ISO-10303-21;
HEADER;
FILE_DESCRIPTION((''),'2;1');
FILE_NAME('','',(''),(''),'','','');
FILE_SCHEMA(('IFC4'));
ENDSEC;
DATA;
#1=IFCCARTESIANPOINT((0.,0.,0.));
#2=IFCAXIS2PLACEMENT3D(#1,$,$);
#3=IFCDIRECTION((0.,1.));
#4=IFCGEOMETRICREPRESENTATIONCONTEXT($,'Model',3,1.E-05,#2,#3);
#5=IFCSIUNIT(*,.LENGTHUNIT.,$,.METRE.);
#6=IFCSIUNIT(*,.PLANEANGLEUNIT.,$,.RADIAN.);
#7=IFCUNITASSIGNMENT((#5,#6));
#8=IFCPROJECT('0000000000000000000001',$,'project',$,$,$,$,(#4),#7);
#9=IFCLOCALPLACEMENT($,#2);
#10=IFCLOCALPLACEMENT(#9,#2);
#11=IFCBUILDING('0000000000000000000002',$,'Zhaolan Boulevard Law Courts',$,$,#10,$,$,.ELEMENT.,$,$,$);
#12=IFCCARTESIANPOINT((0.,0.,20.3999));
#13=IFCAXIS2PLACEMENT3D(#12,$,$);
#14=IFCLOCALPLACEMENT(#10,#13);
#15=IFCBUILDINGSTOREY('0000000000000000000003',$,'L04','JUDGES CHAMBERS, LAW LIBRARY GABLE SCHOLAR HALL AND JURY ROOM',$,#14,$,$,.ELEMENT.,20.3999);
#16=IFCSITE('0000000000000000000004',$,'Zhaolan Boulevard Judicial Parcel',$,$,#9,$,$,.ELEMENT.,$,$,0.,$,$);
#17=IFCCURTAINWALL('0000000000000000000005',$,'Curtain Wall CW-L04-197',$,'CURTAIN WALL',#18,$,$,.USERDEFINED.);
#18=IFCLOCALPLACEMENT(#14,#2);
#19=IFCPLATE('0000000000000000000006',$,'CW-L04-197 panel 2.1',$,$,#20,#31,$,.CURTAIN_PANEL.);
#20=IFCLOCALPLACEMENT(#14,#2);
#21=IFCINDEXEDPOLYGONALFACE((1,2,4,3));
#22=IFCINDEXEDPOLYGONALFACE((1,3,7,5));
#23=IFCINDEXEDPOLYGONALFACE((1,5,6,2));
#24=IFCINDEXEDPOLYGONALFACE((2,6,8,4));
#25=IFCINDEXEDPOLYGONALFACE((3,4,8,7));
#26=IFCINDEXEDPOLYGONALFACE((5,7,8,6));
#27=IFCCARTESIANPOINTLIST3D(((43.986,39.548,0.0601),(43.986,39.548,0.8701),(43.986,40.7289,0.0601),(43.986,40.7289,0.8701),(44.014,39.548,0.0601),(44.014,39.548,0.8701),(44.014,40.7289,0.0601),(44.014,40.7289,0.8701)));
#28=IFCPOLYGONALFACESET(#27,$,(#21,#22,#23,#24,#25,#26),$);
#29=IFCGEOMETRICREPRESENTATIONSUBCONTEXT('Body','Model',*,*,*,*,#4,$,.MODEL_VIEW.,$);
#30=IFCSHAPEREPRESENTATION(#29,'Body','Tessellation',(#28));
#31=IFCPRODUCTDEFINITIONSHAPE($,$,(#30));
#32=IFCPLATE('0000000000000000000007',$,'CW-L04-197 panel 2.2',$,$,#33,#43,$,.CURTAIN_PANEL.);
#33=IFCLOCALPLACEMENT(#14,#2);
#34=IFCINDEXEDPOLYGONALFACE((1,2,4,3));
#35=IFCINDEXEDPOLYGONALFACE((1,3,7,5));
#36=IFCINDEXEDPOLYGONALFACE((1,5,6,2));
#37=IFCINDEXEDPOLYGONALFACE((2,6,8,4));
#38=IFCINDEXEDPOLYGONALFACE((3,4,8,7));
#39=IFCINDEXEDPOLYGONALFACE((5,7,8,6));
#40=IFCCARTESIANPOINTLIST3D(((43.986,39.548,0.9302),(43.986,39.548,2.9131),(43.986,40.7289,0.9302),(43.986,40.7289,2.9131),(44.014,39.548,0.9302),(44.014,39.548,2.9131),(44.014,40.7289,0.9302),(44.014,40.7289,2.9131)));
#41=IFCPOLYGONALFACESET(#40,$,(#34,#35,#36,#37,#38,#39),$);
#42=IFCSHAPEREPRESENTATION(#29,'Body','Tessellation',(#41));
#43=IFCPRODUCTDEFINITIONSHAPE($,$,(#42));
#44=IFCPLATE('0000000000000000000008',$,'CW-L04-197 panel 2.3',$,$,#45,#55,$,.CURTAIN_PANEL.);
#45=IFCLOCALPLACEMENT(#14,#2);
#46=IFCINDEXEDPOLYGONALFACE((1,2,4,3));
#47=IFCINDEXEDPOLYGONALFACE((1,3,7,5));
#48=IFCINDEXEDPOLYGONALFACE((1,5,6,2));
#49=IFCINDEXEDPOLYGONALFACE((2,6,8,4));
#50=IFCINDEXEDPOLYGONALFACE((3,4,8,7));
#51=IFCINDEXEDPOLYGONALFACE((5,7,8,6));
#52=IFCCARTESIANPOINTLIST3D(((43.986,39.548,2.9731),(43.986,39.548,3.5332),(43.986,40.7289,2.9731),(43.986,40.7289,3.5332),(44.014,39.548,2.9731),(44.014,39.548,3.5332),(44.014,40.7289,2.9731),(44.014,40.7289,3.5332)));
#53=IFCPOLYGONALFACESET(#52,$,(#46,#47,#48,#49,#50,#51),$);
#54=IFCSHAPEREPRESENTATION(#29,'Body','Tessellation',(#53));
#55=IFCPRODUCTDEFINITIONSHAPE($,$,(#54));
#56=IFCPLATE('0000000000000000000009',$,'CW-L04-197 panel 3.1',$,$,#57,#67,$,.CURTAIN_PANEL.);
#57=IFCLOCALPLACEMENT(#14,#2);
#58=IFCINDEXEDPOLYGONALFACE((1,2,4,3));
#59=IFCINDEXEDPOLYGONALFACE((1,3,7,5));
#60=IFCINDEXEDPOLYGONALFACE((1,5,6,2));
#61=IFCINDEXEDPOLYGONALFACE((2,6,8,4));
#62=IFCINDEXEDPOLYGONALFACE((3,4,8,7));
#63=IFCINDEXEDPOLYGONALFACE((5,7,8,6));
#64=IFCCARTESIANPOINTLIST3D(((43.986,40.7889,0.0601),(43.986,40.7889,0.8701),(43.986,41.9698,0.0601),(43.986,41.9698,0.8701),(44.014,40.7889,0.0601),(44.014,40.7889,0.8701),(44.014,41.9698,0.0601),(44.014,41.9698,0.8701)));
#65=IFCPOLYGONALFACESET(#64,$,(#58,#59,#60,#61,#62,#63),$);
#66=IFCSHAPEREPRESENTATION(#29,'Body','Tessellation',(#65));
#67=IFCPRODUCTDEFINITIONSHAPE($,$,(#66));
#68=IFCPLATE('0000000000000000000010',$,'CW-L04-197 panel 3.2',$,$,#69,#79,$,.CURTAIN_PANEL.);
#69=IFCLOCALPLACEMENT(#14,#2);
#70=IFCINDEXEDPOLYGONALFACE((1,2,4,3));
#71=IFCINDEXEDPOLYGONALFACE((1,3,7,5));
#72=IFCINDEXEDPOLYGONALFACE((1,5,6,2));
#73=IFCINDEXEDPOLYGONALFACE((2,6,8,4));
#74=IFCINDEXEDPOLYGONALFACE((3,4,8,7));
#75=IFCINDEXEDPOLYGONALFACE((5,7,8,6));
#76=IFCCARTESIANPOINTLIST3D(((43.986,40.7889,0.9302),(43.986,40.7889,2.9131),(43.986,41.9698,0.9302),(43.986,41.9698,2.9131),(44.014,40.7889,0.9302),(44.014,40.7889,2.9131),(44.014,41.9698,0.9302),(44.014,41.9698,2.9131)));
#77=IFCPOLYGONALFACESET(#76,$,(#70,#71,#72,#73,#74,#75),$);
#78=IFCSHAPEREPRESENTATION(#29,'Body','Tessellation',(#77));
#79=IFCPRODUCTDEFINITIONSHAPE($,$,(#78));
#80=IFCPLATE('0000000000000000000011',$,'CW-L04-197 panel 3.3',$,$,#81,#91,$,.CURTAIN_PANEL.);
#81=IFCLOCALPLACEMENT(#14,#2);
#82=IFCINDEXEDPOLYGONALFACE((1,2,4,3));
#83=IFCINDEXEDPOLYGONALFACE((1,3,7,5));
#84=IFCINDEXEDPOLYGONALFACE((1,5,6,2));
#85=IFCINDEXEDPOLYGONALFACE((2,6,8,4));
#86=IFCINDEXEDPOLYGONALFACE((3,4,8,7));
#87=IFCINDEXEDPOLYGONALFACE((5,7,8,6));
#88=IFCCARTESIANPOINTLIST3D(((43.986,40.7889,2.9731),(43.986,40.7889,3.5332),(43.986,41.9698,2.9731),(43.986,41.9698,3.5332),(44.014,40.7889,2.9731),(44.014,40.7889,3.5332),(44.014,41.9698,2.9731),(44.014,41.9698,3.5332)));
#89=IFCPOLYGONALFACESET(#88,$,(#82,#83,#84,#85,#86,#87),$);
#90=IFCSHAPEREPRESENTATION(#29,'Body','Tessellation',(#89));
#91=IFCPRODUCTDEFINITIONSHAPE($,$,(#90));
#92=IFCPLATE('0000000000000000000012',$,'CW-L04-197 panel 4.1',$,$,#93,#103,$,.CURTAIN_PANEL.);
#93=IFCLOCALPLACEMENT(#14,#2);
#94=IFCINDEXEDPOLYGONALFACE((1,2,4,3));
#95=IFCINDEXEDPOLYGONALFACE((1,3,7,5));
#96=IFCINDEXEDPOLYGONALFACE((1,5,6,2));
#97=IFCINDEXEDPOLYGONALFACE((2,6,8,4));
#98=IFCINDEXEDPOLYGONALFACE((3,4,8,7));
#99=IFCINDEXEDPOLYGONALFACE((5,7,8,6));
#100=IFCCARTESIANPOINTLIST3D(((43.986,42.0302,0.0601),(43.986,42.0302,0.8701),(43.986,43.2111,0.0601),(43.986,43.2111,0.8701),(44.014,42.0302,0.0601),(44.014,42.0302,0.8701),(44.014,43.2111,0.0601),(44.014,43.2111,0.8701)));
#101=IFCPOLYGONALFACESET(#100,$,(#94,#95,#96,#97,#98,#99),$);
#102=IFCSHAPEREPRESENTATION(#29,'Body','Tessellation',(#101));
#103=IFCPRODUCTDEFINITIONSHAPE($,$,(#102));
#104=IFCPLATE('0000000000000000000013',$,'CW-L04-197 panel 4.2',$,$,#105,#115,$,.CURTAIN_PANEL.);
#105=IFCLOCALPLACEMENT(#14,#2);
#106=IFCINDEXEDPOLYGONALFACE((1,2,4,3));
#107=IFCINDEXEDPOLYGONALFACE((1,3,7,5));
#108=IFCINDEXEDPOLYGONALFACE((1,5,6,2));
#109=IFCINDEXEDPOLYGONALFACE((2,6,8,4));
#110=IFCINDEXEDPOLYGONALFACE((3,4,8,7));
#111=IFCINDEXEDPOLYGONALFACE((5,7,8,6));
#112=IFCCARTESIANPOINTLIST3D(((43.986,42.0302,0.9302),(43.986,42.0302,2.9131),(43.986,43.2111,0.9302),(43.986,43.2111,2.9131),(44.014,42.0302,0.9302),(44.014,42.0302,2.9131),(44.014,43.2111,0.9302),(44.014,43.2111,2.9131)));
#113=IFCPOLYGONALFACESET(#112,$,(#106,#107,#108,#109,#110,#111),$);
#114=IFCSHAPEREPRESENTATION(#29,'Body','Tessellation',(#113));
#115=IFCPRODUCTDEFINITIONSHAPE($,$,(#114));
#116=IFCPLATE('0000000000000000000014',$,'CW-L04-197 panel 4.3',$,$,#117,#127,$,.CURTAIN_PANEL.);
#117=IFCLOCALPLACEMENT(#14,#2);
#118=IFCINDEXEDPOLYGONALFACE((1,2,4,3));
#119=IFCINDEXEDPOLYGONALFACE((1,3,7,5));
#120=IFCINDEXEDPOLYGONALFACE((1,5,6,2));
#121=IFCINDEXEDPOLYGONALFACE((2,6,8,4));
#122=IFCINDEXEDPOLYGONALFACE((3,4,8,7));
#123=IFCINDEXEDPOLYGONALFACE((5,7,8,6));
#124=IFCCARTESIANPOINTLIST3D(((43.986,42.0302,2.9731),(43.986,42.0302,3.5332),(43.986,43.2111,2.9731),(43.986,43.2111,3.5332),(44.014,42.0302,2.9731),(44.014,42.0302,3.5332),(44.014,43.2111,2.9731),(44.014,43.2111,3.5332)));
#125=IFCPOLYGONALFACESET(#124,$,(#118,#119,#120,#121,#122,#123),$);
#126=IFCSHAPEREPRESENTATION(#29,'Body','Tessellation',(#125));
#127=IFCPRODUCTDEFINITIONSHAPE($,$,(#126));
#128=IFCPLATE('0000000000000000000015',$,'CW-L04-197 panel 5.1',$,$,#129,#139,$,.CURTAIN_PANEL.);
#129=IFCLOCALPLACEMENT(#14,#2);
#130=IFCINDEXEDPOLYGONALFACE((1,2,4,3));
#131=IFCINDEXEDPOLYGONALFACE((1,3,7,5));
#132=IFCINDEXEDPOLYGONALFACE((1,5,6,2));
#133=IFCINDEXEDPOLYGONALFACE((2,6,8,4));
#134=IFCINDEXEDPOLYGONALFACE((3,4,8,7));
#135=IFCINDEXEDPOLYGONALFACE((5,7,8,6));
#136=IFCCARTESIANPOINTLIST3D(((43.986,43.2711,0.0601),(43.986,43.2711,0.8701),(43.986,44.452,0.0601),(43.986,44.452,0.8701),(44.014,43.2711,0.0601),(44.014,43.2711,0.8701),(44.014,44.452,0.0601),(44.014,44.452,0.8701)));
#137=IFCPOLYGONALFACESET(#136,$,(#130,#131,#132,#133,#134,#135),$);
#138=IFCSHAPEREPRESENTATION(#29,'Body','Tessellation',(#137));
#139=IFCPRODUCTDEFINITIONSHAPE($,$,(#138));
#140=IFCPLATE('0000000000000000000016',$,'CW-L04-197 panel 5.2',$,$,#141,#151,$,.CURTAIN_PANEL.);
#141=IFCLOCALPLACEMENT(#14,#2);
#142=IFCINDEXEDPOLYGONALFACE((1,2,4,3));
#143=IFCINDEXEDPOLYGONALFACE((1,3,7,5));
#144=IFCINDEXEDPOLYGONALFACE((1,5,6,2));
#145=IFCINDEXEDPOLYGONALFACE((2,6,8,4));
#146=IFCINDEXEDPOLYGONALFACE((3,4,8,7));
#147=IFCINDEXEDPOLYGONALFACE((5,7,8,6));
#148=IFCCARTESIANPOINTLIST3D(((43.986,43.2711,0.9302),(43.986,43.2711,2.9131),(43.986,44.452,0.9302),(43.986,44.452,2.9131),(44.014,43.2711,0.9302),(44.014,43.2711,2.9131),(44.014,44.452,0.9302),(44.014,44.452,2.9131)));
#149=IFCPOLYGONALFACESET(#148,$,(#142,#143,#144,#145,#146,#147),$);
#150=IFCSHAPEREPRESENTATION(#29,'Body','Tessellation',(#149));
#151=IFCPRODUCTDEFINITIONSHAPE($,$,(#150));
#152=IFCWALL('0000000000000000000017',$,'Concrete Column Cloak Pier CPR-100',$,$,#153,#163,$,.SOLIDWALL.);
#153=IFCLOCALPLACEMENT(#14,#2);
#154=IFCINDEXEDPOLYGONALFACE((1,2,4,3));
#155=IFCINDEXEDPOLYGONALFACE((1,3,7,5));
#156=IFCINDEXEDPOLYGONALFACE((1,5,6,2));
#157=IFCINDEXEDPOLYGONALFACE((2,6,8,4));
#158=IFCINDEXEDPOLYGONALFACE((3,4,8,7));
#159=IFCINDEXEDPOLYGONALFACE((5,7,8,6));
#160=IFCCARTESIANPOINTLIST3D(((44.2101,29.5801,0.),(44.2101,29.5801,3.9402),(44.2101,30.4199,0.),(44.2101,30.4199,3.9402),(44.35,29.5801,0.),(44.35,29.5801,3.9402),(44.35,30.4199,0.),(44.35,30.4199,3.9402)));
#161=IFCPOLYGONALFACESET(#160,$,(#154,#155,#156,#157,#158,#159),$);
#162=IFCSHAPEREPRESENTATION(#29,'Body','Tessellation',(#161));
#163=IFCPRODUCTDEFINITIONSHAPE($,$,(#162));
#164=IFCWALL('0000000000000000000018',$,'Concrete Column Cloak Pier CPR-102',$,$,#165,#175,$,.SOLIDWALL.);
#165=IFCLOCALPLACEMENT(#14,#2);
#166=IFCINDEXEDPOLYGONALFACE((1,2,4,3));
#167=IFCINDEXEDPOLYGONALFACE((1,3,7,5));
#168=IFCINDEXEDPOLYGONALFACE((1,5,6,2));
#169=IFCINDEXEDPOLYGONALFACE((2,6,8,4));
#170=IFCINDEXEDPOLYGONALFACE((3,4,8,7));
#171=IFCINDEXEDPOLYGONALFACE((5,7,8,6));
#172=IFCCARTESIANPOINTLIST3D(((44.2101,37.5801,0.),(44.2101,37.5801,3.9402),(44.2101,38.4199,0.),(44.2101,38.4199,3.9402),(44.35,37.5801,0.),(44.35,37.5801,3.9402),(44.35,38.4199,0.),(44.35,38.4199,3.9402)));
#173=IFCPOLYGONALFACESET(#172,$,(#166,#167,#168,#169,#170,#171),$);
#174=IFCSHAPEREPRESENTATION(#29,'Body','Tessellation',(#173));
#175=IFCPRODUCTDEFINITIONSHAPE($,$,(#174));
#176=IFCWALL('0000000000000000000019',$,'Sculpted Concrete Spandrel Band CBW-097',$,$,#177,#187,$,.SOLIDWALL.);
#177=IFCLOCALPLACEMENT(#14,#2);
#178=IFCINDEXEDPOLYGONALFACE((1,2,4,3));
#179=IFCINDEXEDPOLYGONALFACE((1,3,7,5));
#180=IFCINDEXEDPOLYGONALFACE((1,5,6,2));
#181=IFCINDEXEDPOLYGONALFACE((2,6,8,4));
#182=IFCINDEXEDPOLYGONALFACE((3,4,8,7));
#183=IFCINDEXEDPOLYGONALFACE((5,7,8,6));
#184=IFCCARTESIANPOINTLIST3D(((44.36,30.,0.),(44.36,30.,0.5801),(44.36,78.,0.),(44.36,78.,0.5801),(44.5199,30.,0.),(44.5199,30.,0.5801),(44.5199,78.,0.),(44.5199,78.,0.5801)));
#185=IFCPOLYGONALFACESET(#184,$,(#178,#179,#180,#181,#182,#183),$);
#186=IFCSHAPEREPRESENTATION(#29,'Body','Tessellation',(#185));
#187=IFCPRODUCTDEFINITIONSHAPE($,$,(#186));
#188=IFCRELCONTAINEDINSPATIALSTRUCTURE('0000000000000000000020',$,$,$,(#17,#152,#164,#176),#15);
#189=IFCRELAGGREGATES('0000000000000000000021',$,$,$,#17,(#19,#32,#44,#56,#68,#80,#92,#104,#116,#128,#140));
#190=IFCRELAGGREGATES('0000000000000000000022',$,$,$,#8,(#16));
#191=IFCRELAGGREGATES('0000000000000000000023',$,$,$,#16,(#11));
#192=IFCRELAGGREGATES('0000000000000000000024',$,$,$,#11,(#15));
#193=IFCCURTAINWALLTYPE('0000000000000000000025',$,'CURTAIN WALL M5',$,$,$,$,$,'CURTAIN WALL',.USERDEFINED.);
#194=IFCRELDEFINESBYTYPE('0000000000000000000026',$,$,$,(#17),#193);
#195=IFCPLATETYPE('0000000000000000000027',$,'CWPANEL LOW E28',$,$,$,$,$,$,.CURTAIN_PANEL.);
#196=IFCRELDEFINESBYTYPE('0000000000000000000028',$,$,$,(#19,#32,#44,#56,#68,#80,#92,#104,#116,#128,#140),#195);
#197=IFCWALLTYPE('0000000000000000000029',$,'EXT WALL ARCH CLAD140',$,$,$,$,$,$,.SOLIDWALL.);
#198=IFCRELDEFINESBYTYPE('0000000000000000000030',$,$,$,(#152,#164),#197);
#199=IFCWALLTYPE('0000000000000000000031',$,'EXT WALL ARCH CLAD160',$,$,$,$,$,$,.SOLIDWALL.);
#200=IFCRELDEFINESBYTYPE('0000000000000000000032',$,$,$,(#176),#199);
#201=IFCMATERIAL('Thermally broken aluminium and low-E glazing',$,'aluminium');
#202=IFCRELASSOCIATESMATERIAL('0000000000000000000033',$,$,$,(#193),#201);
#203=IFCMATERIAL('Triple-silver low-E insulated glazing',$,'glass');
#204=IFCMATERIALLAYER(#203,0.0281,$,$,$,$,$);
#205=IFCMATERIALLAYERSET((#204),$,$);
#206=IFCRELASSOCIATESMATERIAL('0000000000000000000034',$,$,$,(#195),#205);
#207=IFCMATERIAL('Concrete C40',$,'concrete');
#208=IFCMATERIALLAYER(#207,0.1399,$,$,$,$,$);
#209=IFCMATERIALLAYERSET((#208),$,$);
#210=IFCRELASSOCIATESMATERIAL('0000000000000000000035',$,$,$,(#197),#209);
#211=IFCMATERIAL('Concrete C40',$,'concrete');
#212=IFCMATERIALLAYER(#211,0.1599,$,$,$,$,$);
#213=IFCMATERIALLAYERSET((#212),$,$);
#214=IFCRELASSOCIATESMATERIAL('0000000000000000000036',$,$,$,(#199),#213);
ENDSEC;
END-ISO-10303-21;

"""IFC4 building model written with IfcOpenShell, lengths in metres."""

from ifc_helpers import new_model, si_unit, direction, frame, frame_2d, origin, origin_2d, place, context, subcontext, project, spatial, rectangle, extrude, material, layer, layer_set, type_object, element, aggregate, save


model = new_model("IFC4")

# Units and contexts
model_context = context("Model", 3, precision=1e-05, world=origin(), true_north=direction((0.0, 1.0)))
body_context = subcontext(model_context, "Body", "Model", "MODEL_VIEW")
ifc_project = project(units=[si_unit("LENGTHUNIT", "METRE"), si_unit("PLANEANGLEUNIT", "RADIAN")], contexts=[model_context])

# Site, building, storey
site_placement = place(None, origin())
site = spatial("IfcSite", under=ifc_project, at=site_placement, Name="Zhaolan Boulevard Judicial Parcel", CompositionType="ELEMENT", RefElevation=0.0)
building_placement = place(site_placement, origin())
building = spatial("IfcBuilding", under=site, at=building_placement, Name="Zhaolan Boulevard Law Courts", CompositionType="ELEMENT")
storey_placement = place(building_placement, frame((0.0, 0.0, 20.3999)))
storey = spatial("IfcBuildingStorey", under=building, at=storey_placement, Name="L04", Description="JUDGES CHAMBERS, LAW LIBRARY GABLE SCHOLAR HALL AND JURY ROOM", CompositionType="ELEMENT", Elevation=20.3999)

# Curtain wall, plates
ifc_material_1 = material(Name="Thermally broken aluminium and low-E glazing", Category="aluminium")
curtain_wall_type = type_object("IfcCurtainWallType", Name="CURTAIN WALL M5", ElementType="CURTAIN WALL", PredefinedType="USERDEFINED", material=ifc_material_1)
curtain_wall_placement = place(storey_placement, origin())
curtain_wall = element("IfcCurtainWall", 1, at=curtain_wall_placement, inside=storey, type_object=curtain_wall_type, Name="Curtain Wall CW-L04-197", ObjectType="CURTAIN WALL", PredefinedType="USERDEFINED")
ifc_material_2 = material(Name="Triple-silver low-E insulated glazing", Category="glass")
ifc_layer_1 = layer(ifc_material_2, 0.0281)
ifc_layer_set_1 = layer_set([ifc_layer_1])
plate_type = type_object("IfcPlateType", Name="CWPANEL LOW E28", PredefinedType="CURTAIN_PANEL", material=ifc_layer_set_1)
plate_1_placement = place(storey_placement, frame((44.0, 40.1384, 0.0601), z_axis=(0.0, 0.0, 1.0), x_axis=(0.0, 1.0, 0.0)))
plate_1 = element("IfcPlate", 2, at=plate_1_placement, type_object=plate_type, Name="CW-L04-197 panel 2.1", PredefinedType="CURTAIN_PANEL", context=body_context, shape_type="SweptSolid", body=[
    extrude(rectangle(XDim=1.1809, YDim=0.0281, at=origin_2d()), origin(), (0.0, 0.0, 1.0), 0.8101),
])
plate_2_placement = place(storey_placement, frame((44.0, 40.1384, 0.9302), z_axis=(0.0, 0.0, 1.0), x_axis=(0.0, 1.0, 0.0)))
plate_2 = element("IfcPlate", 3, at=plate_2_placement, type_object=plate_type, Name="CW-L04-197 panel 2.2", PredefinedType="CURTAIN_PANEL", context=body_context, shape_type="SweptSolid", body=[
    extrude(rectangle(XDim=1.1809, YDim=0.0281, at=origin_2d()), origin(), (0.0, 0.0, 1.0), 1.9829),
])
plate_3_placement = place(storey_placement, frame((44.0, 40.1384, 2.9731), z_axis=(0.0, 0.0, 1.0), x_axis=(0.0, 1.0, 0.0)))
plate_3 = element("IfcPlate", 4, at=plate_3_placement, type_object=plate_type, Name="CW-L04-197 panel 2.3", PredefinedType="CURTAIN_PANEL", context=body_context, shape_type="SweptSolid", body=[
    extrude(rectangle(XDim=1.1809, YDim=0.0281, at=origin_2d()), origin(), (0.0, 0.0, 1.0), 0.5601),
])
plate_4_placement = place(storey_placement, frame((44.0, 41.3794, 0.0601), z_axis=(0.0, 0.0, 1.0), x_axis=(0.0, 1.0, 0.0)))
plate_4 = element("IfcPlate", 5, at=plate_4_placement, type_object=plate_type, Name="CW-L04-197 panel 3.1", PredefinedType="CURTAIN_PANEL", context=body_context, shape_type="SweptSolid", body=[
    extrude(rectangle(XDim=1.1809, YDim=0.0281, at=origin_2d()), origin(), (0.0, 0.0, 1.0), 0.8101),
])
plate_5_placement = place(storey_placement, frame((44.0, 41.3794, 0.9302), z_axis=(0.0, 0.0, 1.0), x_axis=(0.0, 1.0, 0.0)))
plate_5 = element("IfcPlate", 6, at=plate_5_placement, type_object=plate_type, Name="CW-L04-197 panel 3.2", PredefinedType="CURTAIN_PANEL", context=body_context, shape_type="SweptSolid", body=[
    extrude(rectangle(XDim=1.1809, YDim=0.0281, at=origin_2d()), origin(), (0.0, 0.0, 1.0), 1.9829),
])
plate_6_placement = place(storey_placement, frame((44.0, 41.3794, 2.9731), z_axis=(0.0, 0.0, 1.0), x_axis=(0.0, 1.0, 0.0)))
plate_6 = element("IfcPlate", 7, at=plate_6_placement, type_object=plate_type, Name="CW-L04-197 panel 3.3", PredefinedType="CURTAIN_PANEL", context=body_context, shape_type="SweptSolid", body=[
    extrude(rectangle(XDim=1.1809, YDim=0.0281, at=origin_2d()), origin(), (0.0, 0.0, 1.0), 0.5601),
])
plate_7_placement = place(storey_placement, frame((44.0, 42.6206, 0.0601), z_axis=(0.0, 0.0, 1.0), x_axis=(0.0, 1.0, 0.0)))
plate_7 = element("IfcPlate", 8, at=plate_7_placement, type_object=plate_type, Name="CW-L04-197 panel 4.1", PredefinedType="CURTAIN_PANEL", context=body_context, shape_type="SweptSolid", body=[
    extrude(rectangle(XDim=1.1809, YDim=0.0281, at=origin_2d()), origin(), (0.0, 0.0, 1.0), 0.8101),
])
plate_8_placement = place(storey_placement, frame((44.0, 42.6206, 0.9302), z_axis=(0.0, 0.0, 1.0), x_axis=(0.0, 1.0, 0.0)))
plate_8 = element("IfcPlate", 9, at=plate_8_placement, type_object=plate_type, Name="CW-L04-197 panel 4.2", PredefinedType="CURTAIN_PANEL", context=body_context, shape_type="SweptSolid", body=[
    extrude(rectangle(XDim=1.1809, YDim=0.0281, at=origin_2d()), origin(), (0.0, 0.0, 1.0), 1.9829),
])
plate_9_placement = place(storey_placement, frame((44.0, 42.6206, 2.9731), z_axis=(0.0, 0.0, 1.0), x_axis=(0.0, 1.0, 0.0)))
plate_9 = element("IfcPlate", 10, at=plate_9_placement, type_object=plate_type, Name="CW-L04-197 panel 4.3", PredefinedType="CURTAIN_PANEL", context=body_context, shape_type="SweptSolid", body=[
    extrude(rectangle(XDim=1.1809, YDim=0.0281, at=origin_2d()), origin(), (0.0, 0.0, 1.0), 0.5601),
])
plate_10_placement = place(storey_placement, frame((44.0, 43.8616, 0.0601), z_axis=(0.0, 0.0, 1.0), x_axis=(0.0, 1.0, 0.0)))
plate_10 = element("IfcPlate", 11, at=plate_10_placement, type_object=plate_type, Name="CW-L04-197 panel 5.1", PredefinedType="CURTAIN_PANEL", context=body_context, shape_type="SweptSolid", body=[
    extrude(rectangle(XDim=1.1809, YDim=0.0281, at=origin_2d()), origin(), (0.0, 0.0, 1.0), 0.8101),
])
plate_11_placement = place(storey_placement, frame((44.0, 43.8616, 0.9302), z_axis=(0.0, 0.0, 1.0), x_axis=(0.0, 1.0, 0.0)))
plate_11 = element("IfcPlate", 12, at=plate_11_placement, type_object=plate_type, Name="CW-L04-197 panel 5.2", PredefinedType="CURTAIN_PANEL", context=body_context, shape_type="SweptSolid", body=[
    extrude(rectangle(XDim=1.1809, YDim=0.0281, at=origin_2d()), origin(), (0.0, 0.0, 1.0), 1.9829),
])
aggregate(curtain_wall, [plate_1, plate_2, plate_3, plate_4, plate_5, plate_6, plate_7, plate_8, plate_9, plate_10, plate_11])

# Walls
ifc_material_3 = material(Name="Concrete C40", Category="concrete")
ifc_layer_2 = layer(ifc_material_3, 0.1399)
ifc_layer_set_2 = layer_set([ifc_layer_2])
wall_type_1 = type_object("IfcWallType", Name="EXT WALL ARCH CLAD140", PredefinedType="SOLIDWALL", material=ifc_layer_set_2)
for number, where, z_axis, x_axis, name in (
    (13, (44.28, 29.5801, 0.0), (0.0, 0.0, 1.0), (0.0, 1.0, 0.0), "Concrete Column Cloak Pier CPR-100"),
    (14, (44.28, 37.5801, 0.0), (0.0, 0.0, 1.0), (0.0, 1.0, 0.0), "Concrete Column Cloak Pier CPR-102"),
):
    element("IfcWall", number, at=place(storey_placement, frame(where, z_axis=z_axis, x_axis=x_axis)), inside=storey, type_object=wall_type_1, Name=name, PredefinedType="SOLIDWALL", context=body_context, shape_type="SweptSolid", body=[
        extrude(rectangle(XDim=0.8398, YDim=0.1399, at=frame_2d((0.4199, 0.0))), origin(), (0.0, 0.0, 1.0), 3.9402),
    ])
ifc_material_4 = material(Name="Concrete C40", Category="concrete")
ifc_layer_3 = layer(ifc_material_4, 0.1599)
ifc_layer_set_3 = layer_set([ifc_layer_3])
wall_type_2 = type_object("IfcWallType", Name="EXT WALL ARCH CLAD160", PredefinedType="SOLIDWALL", material=ifc_layer_set_3)
wall_placement = place(storey_placement, frame((44.4399, 30.0, 0.0), z_axis=(0.0, 0.0, 1.0), x_axis=(0.0, 1.0, 0.0)))
element("IfcWall", 15, at=wall_placement, inside=storey, type_object=wall_type_2, Name="Sculpted Concrete Spandrel Band CBW-097", PredefinedType="SOLIDWALL", context=body_context, shape_type="SweptSolid", body=[
    extrude(rectangle(XDim=48.0, YDim=0.1599, at=frame_2d((24.0, 0.0))), origin(), (0.0, 0.0, 1.0), 0.5801),
])

save(model, "model.ifc")
